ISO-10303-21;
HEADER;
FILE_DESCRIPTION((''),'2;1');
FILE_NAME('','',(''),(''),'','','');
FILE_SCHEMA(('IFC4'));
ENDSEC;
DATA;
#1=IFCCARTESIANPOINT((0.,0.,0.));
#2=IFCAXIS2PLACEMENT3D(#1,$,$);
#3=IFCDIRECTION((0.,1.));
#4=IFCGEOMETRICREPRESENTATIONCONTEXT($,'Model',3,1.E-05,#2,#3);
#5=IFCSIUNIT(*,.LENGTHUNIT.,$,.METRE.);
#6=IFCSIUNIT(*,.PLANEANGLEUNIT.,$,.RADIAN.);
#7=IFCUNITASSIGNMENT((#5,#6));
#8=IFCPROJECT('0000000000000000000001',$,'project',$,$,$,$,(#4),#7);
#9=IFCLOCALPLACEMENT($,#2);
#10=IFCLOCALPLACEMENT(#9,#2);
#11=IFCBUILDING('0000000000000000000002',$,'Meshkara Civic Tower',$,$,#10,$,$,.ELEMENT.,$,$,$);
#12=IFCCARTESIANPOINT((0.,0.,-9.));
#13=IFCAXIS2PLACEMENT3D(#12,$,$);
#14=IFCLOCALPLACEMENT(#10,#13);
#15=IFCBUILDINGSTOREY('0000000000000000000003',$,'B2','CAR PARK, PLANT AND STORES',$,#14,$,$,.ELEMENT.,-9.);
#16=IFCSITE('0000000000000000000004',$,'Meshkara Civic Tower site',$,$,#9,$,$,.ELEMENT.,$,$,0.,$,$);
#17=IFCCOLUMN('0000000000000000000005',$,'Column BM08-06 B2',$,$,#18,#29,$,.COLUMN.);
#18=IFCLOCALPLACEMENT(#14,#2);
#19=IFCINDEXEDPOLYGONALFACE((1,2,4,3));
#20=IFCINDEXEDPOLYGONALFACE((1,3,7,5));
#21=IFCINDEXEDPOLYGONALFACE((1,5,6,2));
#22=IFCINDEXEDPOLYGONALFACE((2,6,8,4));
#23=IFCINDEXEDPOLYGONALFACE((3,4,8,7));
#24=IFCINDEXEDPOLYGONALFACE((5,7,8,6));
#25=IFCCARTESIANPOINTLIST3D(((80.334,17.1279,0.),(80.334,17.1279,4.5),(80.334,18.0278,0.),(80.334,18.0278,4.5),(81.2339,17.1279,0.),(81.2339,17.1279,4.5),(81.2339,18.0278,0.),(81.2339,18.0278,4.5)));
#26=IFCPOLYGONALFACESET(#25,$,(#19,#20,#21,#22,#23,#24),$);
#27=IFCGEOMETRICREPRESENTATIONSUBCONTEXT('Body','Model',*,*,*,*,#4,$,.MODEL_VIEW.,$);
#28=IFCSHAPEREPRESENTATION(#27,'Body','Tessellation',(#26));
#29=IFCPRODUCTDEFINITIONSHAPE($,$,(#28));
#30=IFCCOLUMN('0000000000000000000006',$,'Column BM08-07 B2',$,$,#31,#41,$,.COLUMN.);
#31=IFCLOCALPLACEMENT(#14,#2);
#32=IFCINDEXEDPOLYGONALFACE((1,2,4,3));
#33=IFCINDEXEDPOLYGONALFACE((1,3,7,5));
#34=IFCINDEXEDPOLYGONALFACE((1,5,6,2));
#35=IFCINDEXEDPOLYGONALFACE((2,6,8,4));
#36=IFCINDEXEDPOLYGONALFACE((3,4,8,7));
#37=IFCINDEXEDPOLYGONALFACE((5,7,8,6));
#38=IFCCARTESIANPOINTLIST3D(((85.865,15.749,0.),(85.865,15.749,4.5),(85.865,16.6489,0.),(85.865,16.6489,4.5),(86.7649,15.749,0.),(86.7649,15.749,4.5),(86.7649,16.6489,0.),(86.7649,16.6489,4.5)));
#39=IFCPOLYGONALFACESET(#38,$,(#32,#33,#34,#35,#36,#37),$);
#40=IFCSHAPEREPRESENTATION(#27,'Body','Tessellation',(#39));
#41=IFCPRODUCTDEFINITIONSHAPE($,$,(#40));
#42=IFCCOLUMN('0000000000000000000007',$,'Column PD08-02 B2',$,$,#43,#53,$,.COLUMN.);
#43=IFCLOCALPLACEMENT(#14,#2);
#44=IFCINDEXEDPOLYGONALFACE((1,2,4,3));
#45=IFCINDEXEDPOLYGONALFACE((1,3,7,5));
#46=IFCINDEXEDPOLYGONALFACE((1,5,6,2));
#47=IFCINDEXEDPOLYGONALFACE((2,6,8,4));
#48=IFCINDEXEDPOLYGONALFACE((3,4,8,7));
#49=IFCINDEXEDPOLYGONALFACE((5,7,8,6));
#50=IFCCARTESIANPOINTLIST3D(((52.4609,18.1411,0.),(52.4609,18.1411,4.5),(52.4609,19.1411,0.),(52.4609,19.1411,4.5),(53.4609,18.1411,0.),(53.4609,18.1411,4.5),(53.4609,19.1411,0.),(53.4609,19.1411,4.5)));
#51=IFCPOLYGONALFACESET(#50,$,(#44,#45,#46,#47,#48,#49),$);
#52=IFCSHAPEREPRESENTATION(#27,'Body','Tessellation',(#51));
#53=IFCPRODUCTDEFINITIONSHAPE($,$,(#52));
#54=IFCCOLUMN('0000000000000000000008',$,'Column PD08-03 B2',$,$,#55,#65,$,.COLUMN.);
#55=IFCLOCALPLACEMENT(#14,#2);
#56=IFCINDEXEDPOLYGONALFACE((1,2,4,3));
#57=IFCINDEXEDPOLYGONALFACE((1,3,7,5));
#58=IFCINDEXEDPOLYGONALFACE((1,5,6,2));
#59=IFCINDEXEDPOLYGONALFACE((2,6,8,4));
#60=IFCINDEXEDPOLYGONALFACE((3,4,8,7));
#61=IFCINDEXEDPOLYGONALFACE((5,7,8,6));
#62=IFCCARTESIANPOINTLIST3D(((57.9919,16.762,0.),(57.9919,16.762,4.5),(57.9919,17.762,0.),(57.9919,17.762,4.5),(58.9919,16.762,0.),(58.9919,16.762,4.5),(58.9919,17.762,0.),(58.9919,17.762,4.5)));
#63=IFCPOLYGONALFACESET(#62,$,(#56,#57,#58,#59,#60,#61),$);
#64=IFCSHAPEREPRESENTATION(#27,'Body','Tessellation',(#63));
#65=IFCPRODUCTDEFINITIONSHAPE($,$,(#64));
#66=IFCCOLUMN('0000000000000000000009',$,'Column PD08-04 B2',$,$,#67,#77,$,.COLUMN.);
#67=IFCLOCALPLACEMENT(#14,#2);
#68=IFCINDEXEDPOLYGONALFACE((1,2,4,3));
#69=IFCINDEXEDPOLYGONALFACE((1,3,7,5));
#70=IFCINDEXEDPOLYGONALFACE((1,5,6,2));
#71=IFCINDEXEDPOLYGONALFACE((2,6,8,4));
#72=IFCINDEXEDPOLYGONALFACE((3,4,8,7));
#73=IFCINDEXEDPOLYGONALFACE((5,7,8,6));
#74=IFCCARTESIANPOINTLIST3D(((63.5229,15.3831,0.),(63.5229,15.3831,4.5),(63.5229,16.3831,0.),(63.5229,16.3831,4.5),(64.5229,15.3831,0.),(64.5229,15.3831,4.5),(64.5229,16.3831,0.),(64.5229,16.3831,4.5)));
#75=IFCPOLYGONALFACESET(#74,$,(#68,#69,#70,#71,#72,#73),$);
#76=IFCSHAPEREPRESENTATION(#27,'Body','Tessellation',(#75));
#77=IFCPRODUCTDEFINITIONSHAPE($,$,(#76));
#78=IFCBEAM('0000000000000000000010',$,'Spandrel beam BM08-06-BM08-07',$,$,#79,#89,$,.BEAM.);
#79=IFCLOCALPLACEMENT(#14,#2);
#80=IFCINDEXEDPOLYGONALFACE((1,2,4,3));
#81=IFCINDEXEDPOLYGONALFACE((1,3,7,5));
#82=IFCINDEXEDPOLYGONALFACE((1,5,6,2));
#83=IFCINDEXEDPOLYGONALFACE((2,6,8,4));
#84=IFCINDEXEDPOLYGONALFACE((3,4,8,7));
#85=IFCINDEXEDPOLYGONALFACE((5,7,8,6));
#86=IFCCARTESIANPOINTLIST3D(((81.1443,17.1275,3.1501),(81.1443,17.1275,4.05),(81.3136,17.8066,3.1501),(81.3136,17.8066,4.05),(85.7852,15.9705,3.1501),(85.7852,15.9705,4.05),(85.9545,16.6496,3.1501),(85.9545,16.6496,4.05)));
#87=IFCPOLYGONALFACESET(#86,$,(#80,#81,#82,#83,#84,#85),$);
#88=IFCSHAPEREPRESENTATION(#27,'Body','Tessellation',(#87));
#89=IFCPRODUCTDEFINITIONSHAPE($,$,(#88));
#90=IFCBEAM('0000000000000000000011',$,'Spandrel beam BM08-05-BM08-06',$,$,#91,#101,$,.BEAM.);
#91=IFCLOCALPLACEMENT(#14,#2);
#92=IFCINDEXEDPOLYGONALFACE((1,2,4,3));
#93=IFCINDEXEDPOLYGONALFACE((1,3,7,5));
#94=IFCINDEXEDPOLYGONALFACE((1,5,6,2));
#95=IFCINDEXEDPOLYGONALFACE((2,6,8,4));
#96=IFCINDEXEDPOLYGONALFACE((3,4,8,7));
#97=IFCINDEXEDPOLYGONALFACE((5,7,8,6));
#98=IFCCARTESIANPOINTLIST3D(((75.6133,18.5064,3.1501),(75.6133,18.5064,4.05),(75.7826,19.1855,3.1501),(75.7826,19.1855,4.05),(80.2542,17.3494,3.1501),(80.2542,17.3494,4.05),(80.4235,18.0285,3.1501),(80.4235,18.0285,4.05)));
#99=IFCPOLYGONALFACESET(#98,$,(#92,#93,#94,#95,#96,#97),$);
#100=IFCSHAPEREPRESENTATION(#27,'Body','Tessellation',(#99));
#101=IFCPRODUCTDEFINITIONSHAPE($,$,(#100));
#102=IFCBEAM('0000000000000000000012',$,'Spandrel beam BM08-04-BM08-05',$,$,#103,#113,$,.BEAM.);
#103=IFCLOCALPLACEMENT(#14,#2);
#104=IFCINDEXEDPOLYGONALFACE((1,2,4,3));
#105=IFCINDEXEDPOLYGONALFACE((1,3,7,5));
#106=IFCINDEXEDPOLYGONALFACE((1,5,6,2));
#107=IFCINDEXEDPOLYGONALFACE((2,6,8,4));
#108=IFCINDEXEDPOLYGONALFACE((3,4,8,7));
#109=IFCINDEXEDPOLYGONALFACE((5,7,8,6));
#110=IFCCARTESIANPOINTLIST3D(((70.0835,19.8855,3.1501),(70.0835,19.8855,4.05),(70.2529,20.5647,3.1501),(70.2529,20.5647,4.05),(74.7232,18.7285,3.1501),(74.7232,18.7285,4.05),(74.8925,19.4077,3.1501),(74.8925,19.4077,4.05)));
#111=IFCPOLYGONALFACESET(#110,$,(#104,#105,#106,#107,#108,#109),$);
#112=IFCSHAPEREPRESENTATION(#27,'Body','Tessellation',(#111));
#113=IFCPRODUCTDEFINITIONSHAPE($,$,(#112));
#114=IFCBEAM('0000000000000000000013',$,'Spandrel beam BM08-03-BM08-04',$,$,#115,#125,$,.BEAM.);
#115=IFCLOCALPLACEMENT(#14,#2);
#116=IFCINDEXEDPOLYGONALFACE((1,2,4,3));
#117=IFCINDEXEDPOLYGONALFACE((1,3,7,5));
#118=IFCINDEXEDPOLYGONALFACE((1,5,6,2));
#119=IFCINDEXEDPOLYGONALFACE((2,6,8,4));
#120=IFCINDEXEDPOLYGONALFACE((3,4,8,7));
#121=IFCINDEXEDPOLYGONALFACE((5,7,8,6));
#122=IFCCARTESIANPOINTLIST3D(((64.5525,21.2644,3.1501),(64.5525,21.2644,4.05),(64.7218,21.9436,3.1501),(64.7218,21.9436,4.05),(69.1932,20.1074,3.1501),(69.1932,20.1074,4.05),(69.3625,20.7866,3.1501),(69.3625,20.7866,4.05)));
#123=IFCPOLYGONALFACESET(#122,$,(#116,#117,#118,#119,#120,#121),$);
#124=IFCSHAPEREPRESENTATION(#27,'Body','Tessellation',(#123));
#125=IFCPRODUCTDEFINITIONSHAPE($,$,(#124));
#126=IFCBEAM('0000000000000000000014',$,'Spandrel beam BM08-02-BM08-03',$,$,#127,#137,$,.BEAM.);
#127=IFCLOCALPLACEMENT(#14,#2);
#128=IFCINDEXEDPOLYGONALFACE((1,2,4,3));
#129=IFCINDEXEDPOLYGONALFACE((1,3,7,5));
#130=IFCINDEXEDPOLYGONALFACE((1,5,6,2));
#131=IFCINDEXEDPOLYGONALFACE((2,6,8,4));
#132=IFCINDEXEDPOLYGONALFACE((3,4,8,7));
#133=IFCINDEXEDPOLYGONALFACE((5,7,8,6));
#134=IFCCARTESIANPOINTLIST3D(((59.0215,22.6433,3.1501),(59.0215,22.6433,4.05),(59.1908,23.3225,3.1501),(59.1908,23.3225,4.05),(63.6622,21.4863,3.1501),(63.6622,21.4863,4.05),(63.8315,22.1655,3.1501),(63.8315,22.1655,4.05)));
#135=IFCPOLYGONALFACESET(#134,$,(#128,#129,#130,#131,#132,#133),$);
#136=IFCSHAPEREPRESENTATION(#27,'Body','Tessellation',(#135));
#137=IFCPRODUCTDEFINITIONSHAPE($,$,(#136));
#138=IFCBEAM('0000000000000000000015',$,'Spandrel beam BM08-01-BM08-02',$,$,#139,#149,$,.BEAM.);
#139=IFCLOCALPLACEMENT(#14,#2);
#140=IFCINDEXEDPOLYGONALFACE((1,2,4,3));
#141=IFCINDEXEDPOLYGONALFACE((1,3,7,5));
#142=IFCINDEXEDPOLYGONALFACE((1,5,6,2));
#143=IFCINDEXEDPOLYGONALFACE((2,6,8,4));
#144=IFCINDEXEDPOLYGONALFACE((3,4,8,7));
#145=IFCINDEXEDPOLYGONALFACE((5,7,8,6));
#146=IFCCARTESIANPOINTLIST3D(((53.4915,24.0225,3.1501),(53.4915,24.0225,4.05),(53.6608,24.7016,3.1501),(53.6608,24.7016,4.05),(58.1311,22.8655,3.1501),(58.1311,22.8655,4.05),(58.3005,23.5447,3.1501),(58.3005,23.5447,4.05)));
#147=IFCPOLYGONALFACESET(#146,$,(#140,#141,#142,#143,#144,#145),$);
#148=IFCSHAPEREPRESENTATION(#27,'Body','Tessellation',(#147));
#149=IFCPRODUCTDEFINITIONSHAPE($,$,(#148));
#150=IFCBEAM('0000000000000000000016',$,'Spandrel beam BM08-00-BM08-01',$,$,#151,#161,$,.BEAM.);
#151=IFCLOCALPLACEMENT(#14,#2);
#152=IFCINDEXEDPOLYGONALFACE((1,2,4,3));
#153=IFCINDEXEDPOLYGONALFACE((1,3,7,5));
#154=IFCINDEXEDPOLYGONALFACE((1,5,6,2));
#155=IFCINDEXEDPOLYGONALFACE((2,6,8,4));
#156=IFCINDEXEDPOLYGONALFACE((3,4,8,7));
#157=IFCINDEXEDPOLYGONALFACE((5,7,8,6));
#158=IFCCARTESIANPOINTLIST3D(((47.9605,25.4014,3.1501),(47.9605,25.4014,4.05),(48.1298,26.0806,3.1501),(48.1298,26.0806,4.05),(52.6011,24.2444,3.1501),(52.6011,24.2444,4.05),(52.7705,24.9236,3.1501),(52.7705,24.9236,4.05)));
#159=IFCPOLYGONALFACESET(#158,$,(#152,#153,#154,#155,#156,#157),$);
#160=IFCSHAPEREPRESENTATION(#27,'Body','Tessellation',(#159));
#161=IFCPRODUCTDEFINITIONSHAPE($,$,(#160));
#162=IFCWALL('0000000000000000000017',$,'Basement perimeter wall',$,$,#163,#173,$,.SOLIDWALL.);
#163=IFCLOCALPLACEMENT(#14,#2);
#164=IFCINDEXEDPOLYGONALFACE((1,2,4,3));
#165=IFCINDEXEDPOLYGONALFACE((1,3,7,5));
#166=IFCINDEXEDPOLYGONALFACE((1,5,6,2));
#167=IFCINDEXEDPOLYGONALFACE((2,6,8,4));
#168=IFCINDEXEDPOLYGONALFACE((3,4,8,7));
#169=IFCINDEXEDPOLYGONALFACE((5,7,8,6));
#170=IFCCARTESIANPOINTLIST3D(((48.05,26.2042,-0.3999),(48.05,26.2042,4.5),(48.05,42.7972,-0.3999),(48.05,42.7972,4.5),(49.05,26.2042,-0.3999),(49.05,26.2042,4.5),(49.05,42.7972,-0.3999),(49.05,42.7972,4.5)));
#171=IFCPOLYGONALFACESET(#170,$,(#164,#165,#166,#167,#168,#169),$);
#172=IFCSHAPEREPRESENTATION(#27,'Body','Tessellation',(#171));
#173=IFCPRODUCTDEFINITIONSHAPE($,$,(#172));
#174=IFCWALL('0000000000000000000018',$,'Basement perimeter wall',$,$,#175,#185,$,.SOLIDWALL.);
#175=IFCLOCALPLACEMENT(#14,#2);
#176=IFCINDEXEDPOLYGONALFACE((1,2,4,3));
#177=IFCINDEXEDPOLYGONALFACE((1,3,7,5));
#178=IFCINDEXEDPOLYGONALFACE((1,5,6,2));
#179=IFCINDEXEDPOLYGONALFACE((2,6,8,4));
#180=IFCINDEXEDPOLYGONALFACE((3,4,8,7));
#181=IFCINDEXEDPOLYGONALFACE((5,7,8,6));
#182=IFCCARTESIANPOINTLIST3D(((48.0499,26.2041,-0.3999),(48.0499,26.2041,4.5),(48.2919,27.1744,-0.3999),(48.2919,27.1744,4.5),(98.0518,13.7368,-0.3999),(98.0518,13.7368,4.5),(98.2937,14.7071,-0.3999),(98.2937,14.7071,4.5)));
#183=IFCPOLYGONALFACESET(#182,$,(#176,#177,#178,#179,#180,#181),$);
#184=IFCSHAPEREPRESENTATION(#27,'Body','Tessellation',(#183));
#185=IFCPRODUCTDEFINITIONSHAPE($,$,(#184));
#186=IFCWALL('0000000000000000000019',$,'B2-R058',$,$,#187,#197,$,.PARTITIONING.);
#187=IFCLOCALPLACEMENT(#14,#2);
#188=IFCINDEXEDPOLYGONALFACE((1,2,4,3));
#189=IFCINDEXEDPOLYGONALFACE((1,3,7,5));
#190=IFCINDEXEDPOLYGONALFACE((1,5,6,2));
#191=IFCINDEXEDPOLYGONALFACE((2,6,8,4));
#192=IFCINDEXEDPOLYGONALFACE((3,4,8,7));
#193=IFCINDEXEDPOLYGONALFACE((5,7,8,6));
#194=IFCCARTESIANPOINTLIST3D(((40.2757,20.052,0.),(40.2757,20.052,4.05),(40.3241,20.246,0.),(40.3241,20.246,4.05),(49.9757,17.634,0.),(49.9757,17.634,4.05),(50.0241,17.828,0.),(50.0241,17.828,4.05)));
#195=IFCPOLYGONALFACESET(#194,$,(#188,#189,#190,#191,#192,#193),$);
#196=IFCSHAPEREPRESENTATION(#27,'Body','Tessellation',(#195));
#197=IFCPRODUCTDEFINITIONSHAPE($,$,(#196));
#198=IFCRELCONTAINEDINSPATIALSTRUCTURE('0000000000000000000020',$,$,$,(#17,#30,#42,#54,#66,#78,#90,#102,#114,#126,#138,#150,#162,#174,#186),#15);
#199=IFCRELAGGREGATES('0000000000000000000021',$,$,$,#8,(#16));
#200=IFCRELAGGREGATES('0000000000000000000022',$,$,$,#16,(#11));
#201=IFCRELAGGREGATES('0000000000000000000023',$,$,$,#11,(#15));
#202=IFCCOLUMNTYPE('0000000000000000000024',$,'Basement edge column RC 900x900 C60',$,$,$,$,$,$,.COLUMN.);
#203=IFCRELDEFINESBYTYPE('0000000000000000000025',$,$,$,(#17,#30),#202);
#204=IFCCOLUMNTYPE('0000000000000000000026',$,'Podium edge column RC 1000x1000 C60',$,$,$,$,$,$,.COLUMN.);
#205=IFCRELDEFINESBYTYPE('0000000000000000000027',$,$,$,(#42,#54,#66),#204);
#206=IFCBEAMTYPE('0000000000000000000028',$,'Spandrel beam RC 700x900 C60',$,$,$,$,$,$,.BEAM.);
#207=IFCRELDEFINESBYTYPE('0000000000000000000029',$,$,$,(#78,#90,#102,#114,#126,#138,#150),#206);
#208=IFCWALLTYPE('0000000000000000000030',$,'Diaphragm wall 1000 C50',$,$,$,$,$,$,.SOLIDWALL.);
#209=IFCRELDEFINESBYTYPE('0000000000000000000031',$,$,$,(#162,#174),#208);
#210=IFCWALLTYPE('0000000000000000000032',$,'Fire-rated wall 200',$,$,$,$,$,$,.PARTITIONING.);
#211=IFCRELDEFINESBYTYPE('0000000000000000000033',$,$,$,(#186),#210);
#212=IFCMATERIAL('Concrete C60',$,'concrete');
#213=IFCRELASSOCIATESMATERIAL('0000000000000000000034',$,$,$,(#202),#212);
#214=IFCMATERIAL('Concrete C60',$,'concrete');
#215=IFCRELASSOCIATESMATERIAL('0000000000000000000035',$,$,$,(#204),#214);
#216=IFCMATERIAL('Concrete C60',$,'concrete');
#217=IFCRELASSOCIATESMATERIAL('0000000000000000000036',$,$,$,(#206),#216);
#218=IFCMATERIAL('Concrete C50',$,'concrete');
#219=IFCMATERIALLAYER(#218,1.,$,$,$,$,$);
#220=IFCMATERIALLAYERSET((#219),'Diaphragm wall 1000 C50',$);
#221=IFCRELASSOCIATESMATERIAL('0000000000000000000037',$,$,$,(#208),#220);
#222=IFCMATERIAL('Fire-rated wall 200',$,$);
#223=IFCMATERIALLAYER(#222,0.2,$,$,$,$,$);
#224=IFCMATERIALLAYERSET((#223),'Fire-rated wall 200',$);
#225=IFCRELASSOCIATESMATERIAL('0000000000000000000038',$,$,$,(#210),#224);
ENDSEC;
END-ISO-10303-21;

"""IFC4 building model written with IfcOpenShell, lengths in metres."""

from ifc_helpers import new_model, si_unit, direction, frame, frame_2d, origin, origin_2d, place, context, subcontext, project, spatial, rectangle, extrude, material, layer, layer_set, material_profile, profile_set, type_object, element, save


model = new_model("IFC4")

# Units and contexts
model_context = context("Model", 3, precision=1e-05, world=origin(), true_north=direction((0.0, 1.0)))
body_context = subcontext(model_context, "Body", "Model", "MODEL_VIEW")
ifc_project = project(units=[si_unit("LENGTHUNIT", "METRE"), si_unit("PLANEANGLEUNIT", "RADIAN")], contexts=[model_context])

# Site, building, storey
site_placement = place(None, origin())
site = spatial("IfcSite", under=ifc_project, at=site_placement, Name="Meshkara Civic Tower site", CompositionType="ELEMENT", RefElevation=0.0)
building_placement = place(site_placement, origin())
building = spatial("IfcBuilding", under=site, at=building_placement, Name="Meshkara Civic Tower", CompositionType="ELEMENT")
storey_placement = place(building_placement, frame((0.0, 0.0, -9.0)))
storey = spatial("IfcBuildingStorey", under=building, at=storey_placement, Name="B2", Description="CAR PARK, PLANT AND STORES", CompositionType="ELEMENT", Elevation=-9.0)

# Columns
ifc_material_1 = material(Name="Concrete C60", Category="concrete")
ifc_material_profile_1 = material_profile(ifc_material_1, rectangle(XDim=0.8999, YDim=0.8999, at=origin_2d()))
ifc_profile_set_1 = profile_set([ifc_material_profile_1], Name="Concrete C60")
column_type_1 = type_object("IfcColumnType", Name="Basement edge column RC 900x900 C60", PredefinedType="COLUMN", material=ifc_profile_set_1)
for number, where, z_axis, x_axis, name in (
    (1, (80.7839, 17.5779, 0.0), (0.0, 0.0, 1.0), (1.0, 0.0, 0.0), "Column BM08-06 B2"),
    (2, (86.3149, 16.199, 0.0), (0.0, 0.0, 1.0), (1.0, 0.0, 0.0), "Column BM08-07 B2"),
):
    element("IfcColumn", number, at=place(storey_placement, frame(where, z_axis=z_axis, x_axis=x_axis)), inside=storey, type_object=column_type_1, Name=name, PredefinedType="COLUMN", context=body_context, shape_type="SweptSolid", body=[
        extrude(rectangle(XDim=0.8999, YDim=0.8999, at=origin_2d()), origin(), (0.0, 0.0, 1.0), 4.5),
    ])
ifc_material_2 = material(Name="Concrete C60", Category="concrete")
ifc_material_profile_2 = material_profile(ifc_material_2, rectangle(XDim=1.0, YDim=1.0, at=origin_2d()))
ifc_profile_set_2 = profile_set([ifc_material_profile_2], Name="Concrete C60")
column_type_2 = type_object("IfcColumnType", Name="Podium edge column RC 1000x1000 C60", PredefinedType="COLUMN", material=ifc_profile_set_2)
for number, where, z_axis, x_axis, name in (
    (3, (52.9609, 18.6411, 0.0), (0.0, 0.0, 1.0), (1.0, 0.0, 0.0), "Column PD08-02 B2"),
    (4, (58.4919, 17.262, 0.0), (0.0, 0.0, 1.0), (1.0, 0.0, 0.0), "Column PD08-03 B2"),
    (5, (64.0229, 15.8831, 0.0), (0.0, 0.0, 1.0), (1.0, 0.0, 0.0), "Column PD08-04 B2"),
):
    element("IfcColumn", number, at=place(storey_placement, frame(where, z_axis=z_axis, x_axis=x_axis)), inside=storey, type_object=column_type_2, Name=name, PredefinedType="COLUMN", context=body_context, shape_type="SweptSolid", body=[
        extrude(rectangle(XDim=1.0, YDim=1.0, at=origin_2d()), origin(), (0.0, 0.0, 1.0), 4.5),
    ])

# Beams
ifc_material_3 = material(Name="Concrete C60", Category="concrete")
ifc_material_profile_3 = material_profile(ifc_material_3, rectangle(XDim=0.7, YDim=0.8999, at=origin_2d()))
ifc_profile_set_3 = profile_set([ifc_material_profile_3], Name="Concrete C60")
beam_type = type_object("IfcBeamType", Name="Spandrel beam RC 700x900 C60", PredefinedType="BEAM", material=ifc_profile_set_3)
for number, where, z_axis, x_axis, name in (
    (6, (85.8699, 16.3101, 3.6001), (-0.970301, 0.241899, 0.0), (-0.241899, -0.970301, 0.0), "Spandrel beam BM08-06-BM08-07"),
    (7, (80.3389, 17.689, 3.6001), (-0.970301, 0.241899, 0.0), (-0.241899, -0.970301, 0.0), "Spandrel beam BM08-05-BM08-06"),
):
    element("IfcBeam", number, at=place(storey_placement, frame(where, z_axis=z_axis, x_axis=x_axis)), inside=storey, type_object=beam_type, Name=name, PredefinedType="BEAM", context=body_context, shape_type="SweptSolid", body=[
        extrude(rectangle(XDim=0.7, YDim=0.8999, at=origin_2d()), origin(), (0.0, 0.0, 1.0), 4.783),
    ])
beam_1_placement = place(storey_placement, frame((74.8079, 19.0681, 3.6001), z_axis=(-0.970286, 0.241959, 0.0), x_axis=(-0.241959, -0.970286, 0.0)))
element("IfcBeam", 8, at=beam_1_placement, inside=storey, type_object=beam_type, Name="Spandrel beam BM08-04-BM08-05", PredefinedType="BEAM", context=body_context, shape_type="SweptSolid", body=[
    extrude(rectangle(XDim=0.7, YDim=0.8999, at=origin_2d()), origin(), (0.0, 0.0, 1.0), 4.7817),
])
for number, where, z_axis, x_axis, name in (
    (9, (69.2778, 20.447, 3.6001), (-0.970298, 0.241911, 0.0), (-0.241911, -0.970298, 0.0), "Spandrel beam BM08-03-BM08-04"),
    (10, (63.7468, 21.8259, 3.6001), (-0.970298, 0.241911, 0.0), (-0.241911, -0.970298, 0.0), "Spandrel beam BM08-02-BM08-03"),
):
    element("IfcBeam", number, at=place(storey_placement, frame(where, z_axis=z_axis, x_axis=x_axis)), inside=storey, type_object=beam_type, Name=name, PredefinedType="BEAM", context=body_context, shape_type="SweptSolid", body=[
        extrude(rectangle(XDim=0.7, YDim=0.8999, at=origin_2d()), origin(), (0.0, 0.0, 1.0), 4.7827),
    ])
beam_2_placement = place(storey_placement, frame((58.2158, 23.2051, 3.6001), z_axis=(-0.970286, 0.241959, 0.0), x_axis=(-0.241959, -0.970286, 0.0)))
element("IfcBeam", 11, at=beam_2_placement, inside=storey, type_object=beam_type, Name="Spandrel beam BM08-01-BM08-02", PredefinedType="BEAM", context=body_context, shape_type="SweptSolid", body=[
    extrude(rectangle(XDim=0.7, YDim=0.8999, at=origin_2d()), origin(), (0.0, 0.0, 1.0), 4.7817),
])
beam_3_placement = place(storey_placement, frame((52.6858, 24.584, 3.6001), z_axis=(-0.970298, 0.241911, 0.0), x_axis=(-0.241911, -0.970298, 0.0)))
element("IfcBeam", 12, at=beam_3_placement, inside=storey, type_object=beam_type, Name="Spandrel beam BM08-00-BM08-01", PredefinedType="BEAM", context=body_context, shape_type="SweptSolid", body=[
    extrude(rectangle(XDim=0.7, YDim=0.8999, at=origin_2d()), origin(), (0.0, 0.0, 1.0), 4.7827),
])

# Walls
ifc_material_4 = material(Name="Concrete C50", Category="concrete")
ifc_layer_1 = layer(ifc_material_4, 1.0)
ifc_layer_set_1 = layer_set([ifc_layer_1], Name="Diaphragm wall 1000 C50")
wall_type_1 = type_object("IfcWallType", Name="Diaphragm wall 1000 C50", PredefinedType="SOLIDWALL", material=ifc_layer_set_1)
wall_1_placement = place(storey_placement, frame((48.55, 42.7971, -0.3999), z_axis=(0.0, 0.0, 1.0), x_axis=(0.0, -1.0, 0.0)))
element("IfcWall", 13, at=wall_1_placement, inside=storey, type_object=wall_type_1, Name="Basement perimeter wall", PredefinedType="SOLIDWALL", context=body_context, shape_type="SweptSolid", body=[
    extrude(rectangle(XDim=16.593, YDim=1.0, at=frame_2d((8.2964, 0.0))), origin(), (0.0, 0.0, 1.0), 4.8999),
])
wall_2_placement = place(storey_placement, frame((48.1709, 26.6892, -0.3999), z_axis=(0.0, 0.0, 1.0), x_axis=(0.970294, -0.241929, 0.0)))
element("IfcWall", 14, at=wall_2_placement, inside=storey, type_object=wall_type_1, Name="Basement perimeter wall", PredefinedType="SOLIDWALL", context=body_context, shape_type="SweptSolid", body=[
    extrude(rectangle(XDim=51.5327, YDim=1.0, at=frame_2d((25.7664, 0.0))), origin(), (0.0, 0.0, 1.0), 4.8999),
])
ifc_material_5 = material(Name="Fire-rated wall 200")
ifc_layer_2 = layer(ifc_material_5, 0.2)
ifc_layer_set_2 = layer_set([ifc_layer_2], Name="Fire-rated wall 200")
wall_type_2 = type_object("IfcWallType", Name="Fire-rated wall 200", PredefinedType="PARTITIONING", material=ifc_layer_set_2)
wall_3_placement = place(storey_placement, frame((50.0, 17.731, 0.0), z_axis=(0.0, 0.0, 1.0), x_axis=(-0.970307, 0.241875, 0.0)))
element("IfcWall", 15, at=wall_3_placement, inside=storey, type_object=wall_type_2, Name="B2-R058", PredefinedType="PARTITIONING", context=body_context, shape_type="SweptSolid", body=[
    extrude(rectangle(XDim=9.9968, YDim=0.2, at=frame_2d((4.9985, 0.0))), origin(), (0.0, 0.0, 1.0), 4.05),
])

save(model, "model.ifc")
